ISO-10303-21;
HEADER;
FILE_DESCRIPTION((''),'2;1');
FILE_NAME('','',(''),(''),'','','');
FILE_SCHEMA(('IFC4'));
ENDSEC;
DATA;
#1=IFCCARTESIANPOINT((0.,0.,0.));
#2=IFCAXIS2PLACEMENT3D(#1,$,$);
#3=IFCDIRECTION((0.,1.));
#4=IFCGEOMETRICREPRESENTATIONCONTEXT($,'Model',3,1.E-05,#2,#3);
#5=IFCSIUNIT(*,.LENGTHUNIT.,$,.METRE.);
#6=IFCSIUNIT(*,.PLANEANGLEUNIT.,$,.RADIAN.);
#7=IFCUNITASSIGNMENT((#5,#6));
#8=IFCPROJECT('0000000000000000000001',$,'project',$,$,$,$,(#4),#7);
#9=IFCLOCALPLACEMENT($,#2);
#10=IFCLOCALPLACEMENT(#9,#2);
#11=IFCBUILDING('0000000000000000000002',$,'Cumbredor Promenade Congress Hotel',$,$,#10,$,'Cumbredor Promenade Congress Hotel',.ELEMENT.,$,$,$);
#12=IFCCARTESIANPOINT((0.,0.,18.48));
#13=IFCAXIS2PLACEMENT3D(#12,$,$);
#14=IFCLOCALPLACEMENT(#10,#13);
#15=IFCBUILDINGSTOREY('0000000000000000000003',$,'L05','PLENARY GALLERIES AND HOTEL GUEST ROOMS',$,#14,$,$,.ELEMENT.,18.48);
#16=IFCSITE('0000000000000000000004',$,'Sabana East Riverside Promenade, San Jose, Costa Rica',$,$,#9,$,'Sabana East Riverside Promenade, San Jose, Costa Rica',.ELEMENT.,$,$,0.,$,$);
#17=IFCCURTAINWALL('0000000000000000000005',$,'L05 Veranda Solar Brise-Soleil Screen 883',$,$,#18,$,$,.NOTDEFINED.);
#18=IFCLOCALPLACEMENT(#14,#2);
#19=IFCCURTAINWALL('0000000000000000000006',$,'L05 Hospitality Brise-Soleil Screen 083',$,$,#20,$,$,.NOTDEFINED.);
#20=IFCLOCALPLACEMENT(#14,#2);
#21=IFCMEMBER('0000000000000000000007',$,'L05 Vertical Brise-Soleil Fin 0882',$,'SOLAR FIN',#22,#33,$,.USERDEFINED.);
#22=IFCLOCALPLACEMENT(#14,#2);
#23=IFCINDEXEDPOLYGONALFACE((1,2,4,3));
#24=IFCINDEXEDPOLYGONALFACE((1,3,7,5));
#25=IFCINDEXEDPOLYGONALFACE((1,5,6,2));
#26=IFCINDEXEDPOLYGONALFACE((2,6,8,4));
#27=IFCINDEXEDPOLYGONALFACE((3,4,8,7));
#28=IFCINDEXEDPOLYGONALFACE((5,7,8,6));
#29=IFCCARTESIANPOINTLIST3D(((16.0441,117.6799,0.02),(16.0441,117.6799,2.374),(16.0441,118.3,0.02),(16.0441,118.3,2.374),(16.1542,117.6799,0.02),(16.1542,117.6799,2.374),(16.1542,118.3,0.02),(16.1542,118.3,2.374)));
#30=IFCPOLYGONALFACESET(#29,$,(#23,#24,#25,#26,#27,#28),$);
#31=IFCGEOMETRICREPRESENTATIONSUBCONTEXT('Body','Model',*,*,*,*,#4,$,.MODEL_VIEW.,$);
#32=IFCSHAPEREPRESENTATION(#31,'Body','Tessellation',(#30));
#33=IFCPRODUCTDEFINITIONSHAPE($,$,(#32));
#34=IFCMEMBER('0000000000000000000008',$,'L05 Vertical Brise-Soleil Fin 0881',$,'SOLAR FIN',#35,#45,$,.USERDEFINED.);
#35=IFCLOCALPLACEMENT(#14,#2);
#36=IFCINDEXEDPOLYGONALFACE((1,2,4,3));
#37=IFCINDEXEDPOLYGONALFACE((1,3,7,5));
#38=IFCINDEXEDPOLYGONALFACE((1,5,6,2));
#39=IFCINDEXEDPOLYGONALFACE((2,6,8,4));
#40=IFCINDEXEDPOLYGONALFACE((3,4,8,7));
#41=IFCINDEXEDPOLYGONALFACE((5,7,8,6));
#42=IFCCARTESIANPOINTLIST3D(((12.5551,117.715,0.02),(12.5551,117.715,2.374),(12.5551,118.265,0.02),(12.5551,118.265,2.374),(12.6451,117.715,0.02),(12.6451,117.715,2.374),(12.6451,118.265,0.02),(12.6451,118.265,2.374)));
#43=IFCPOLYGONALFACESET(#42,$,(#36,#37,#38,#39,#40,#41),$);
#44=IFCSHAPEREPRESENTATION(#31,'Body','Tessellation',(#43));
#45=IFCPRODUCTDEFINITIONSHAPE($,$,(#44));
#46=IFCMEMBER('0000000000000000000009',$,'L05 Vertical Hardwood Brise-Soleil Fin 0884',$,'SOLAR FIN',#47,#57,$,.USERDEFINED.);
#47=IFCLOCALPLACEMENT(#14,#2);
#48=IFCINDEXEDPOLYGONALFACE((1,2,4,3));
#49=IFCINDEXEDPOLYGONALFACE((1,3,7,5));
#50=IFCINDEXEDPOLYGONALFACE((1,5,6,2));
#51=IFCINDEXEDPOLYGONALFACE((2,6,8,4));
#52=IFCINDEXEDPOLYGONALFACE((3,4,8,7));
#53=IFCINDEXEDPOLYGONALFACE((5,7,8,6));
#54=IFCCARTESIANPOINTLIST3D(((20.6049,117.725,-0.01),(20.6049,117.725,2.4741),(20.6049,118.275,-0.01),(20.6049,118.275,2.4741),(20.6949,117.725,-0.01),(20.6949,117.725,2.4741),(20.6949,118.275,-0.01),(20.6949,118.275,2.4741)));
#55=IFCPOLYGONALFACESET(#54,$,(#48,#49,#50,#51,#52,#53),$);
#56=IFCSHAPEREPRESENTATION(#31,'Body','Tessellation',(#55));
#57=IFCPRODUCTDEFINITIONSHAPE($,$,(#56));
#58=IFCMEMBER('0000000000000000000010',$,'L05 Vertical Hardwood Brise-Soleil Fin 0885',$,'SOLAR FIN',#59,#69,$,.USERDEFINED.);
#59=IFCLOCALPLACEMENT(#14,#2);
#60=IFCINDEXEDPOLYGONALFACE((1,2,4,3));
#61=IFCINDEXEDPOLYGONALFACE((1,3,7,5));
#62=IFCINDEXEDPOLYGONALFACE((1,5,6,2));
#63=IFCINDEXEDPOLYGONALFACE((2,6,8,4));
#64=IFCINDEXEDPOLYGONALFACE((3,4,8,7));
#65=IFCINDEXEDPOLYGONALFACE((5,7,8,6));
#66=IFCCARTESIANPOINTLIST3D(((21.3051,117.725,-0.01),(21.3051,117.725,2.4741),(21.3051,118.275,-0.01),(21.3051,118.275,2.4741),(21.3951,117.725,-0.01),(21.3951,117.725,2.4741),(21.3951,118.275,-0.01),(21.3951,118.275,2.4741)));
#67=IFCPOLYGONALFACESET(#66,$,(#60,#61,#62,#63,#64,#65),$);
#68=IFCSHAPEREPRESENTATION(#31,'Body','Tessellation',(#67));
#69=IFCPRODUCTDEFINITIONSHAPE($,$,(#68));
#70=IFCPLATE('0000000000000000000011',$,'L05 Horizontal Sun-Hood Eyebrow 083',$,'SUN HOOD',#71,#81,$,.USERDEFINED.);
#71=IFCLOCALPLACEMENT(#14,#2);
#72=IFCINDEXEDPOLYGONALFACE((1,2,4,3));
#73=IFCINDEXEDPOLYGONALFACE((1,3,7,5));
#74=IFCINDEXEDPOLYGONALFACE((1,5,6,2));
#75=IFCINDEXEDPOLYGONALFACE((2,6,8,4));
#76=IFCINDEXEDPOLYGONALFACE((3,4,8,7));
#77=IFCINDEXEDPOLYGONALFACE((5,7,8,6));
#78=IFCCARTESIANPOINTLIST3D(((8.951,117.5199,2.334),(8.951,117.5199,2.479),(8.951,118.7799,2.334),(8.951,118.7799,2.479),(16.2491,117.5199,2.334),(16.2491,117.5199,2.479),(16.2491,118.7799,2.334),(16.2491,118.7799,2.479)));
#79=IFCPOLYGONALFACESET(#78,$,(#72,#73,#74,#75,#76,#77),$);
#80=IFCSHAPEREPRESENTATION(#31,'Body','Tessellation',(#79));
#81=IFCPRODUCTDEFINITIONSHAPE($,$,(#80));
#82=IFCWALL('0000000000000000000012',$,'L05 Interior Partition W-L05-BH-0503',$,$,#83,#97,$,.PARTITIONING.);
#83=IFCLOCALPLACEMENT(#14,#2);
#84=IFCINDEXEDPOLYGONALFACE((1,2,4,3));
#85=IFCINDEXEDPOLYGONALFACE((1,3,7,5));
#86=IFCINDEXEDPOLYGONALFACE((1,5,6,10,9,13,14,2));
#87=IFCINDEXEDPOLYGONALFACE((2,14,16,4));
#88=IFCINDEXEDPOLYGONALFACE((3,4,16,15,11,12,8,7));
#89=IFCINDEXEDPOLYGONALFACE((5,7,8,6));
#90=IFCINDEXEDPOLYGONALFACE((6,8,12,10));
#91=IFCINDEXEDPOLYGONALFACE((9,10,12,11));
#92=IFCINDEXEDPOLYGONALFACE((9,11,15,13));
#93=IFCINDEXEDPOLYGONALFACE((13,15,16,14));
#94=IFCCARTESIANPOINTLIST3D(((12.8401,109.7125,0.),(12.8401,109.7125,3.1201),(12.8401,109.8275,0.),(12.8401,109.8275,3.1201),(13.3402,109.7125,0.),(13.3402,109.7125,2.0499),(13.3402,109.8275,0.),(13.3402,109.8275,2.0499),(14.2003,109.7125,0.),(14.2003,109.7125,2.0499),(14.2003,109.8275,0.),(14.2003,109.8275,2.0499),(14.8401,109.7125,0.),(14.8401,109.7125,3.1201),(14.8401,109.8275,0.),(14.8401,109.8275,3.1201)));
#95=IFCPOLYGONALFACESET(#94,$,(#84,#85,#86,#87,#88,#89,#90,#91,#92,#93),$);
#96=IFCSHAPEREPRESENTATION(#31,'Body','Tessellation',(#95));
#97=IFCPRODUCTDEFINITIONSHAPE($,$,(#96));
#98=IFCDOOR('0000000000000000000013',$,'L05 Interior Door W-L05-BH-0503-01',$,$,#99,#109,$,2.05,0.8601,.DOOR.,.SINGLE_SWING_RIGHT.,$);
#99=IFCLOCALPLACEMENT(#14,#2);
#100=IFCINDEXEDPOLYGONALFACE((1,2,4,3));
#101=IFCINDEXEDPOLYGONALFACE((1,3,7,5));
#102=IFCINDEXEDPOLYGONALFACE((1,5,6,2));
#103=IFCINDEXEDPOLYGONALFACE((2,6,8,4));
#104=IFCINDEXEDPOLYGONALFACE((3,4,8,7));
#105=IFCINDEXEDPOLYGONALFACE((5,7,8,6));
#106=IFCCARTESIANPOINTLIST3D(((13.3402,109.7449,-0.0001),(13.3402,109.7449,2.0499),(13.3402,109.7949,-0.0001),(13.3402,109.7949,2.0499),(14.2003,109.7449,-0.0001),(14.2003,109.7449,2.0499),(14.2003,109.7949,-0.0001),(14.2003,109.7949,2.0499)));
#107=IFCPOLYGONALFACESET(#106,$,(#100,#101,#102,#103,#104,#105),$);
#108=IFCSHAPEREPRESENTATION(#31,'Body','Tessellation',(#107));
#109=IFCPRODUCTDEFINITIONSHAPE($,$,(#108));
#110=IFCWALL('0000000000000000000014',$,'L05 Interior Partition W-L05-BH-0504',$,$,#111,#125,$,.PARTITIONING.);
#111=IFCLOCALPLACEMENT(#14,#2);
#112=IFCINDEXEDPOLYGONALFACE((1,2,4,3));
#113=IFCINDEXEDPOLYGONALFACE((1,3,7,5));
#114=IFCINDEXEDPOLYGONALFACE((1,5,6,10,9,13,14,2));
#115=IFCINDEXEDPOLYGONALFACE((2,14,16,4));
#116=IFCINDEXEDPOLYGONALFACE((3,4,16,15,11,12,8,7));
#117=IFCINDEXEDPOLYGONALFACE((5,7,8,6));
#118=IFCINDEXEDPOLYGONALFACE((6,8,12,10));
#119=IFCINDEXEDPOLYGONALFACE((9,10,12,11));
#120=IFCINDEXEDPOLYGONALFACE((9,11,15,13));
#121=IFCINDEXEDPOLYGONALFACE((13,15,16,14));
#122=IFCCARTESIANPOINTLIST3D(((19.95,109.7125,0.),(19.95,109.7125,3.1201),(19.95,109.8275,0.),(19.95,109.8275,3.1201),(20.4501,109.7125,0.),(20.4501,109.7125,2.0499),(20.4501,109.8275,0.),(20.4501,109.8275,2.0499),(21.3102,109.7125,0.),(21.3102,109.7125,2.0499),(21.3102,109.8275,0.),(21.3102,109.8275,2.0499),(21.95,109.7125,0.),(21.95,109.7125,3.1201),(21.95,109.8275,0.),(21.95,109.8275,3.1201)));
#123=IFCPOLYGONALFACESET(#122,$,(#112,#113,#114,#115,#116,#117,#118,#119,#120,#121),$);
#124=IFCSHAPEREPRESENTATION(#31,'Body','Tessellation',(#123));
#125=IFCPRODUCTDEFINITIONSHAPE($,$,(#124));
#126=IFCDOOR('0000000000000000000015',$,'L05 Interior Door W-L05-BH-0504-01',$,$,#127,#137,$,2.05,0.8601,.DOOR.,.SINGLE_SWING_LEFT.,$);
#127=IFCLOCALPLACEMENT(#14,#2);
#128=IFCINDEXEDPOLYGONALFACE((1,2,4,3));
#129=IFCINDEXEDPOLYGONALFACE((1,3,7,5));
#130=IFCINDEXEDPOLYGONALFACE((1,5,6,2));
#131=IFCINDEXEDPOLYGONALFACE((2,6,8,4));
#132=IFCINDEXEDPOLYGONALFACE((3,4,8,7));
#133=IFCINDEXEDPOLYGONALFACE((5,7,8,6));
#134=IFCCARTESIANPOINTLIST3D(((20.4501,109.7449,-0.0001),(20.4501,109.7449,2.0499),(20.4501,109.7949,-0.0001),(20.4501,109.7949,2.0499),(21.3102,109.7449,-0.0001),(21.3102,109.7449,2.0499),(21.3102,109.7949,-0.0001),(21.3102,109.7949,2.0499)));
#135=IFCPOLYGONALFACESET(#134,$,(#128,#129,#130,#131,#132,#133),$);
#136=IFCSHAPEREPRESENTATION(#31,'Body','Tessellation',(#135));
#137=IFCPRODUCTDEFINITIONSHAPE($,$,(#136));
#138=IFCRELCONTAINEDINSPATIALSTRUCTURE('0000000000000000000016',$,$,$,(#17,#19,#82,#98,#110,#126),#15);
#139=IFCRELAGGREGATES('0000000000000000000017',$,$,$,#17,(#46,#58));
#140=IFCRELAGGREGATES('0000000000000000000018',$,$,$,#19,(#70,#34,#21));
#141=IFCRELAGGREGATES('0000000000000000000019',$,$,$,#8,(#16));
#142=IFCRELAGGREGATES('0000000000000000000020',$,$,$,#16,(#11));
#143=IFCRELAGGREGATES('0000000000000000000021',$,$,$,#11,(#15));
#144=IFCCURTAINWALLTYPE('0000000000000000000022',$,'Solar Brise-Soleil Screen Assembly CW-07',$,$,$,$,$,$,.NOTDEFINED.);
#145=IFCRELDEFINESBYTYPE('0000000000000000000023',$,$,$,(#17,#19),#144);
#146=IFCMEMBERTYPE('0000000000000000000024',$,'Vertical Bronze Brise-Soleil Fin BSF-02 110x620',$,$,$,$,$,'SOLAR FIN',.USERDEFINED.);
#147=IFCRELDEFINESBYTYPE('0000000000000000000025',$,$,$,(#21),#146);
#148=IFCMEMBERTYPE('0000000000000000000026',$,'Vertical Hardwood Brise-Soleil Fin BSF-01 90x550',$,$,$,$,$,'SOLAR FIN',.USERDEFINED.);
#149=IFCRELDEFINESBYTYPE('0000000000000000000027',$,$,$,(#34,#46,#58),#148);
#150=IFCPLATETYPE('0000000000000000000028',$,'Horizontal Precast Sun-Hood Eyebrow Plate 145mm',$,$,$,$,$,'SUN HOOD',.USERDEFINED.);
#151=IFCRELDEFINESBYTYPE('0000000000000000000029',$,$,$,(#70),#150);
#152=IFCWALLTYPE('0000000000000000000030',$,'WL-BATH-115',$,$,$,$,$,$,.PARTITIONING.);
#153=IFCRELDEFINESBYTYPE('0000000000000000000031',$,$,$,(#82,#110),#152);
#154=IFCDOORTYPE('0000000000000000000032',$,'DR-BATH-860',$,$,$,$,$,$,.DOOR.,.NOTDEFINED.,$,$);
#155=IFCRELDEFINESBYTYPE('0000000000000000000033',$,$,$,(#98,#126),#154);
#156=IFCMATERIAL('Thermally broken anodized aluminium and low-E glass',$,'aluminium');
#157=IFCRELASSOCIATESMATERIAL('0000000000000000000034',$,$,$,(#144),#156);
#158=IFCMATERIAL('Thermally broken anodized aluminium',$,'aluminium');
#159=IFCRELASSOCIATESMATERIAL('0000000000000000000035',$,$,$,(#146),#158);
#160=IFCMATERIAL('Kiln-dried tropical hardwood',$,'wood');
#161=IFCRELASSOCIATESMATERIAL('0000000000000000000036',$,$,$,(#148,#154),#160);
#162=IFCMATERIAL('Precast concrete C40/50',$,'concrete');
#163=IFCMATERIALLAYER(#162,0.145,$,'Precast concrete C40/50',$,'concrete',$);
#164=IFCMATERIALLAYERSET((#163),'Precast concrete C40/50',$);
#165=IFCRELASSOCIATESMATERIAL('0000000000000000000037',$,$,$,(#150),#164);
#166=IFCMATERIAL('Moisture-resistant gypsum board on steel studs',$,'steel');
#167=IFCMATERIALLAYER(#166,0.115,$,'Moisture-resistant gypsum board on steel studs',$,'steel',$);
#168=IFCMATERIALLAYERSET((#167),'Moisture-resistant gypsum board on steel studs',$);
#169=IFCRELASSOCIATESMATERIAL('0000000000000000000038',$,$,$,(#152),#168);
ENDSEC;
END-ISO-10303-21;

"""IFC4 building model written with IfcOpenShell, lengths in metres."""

from ifc_helpers import new_model, si_unit, direction, frame, frame_2d, origin, origin_2d, place, context, subcontext, project, spatial, rectangle, extrude, material, layer, layer_set, material_profile, profile_set, type_object, element, fill, aggregate, save


model = new_model("IFC4")

# Units and contexts
model_context = context("Model", 3, precision=1e-05, world=origin(), true_north=direction((0.0, 1.0)))
body_context = subcontext(model_context, "Body", "Model", "MODEL_VIEW")
ifc_project = project(units=[si_unit("LENGTHUNIT", "METRE"), si_unit("PLANEANGLEUNIT", "RADIAN")], contexts=[model_context])

# Site, building, storey
site_placement = place(None, origin())
site = spatial("IfcSite", under=ifc_project, at=site_placement, Name="Sabana East Riverside Promenade, San Jose, Costa Rica", LongName="Sabana East Riverside Promenade, San Jose, Costa Rica", CompositionType="ELEMENT", RefElevation=0.0)
building_placement = place(site_placement, origin())
building = spatial("IfcBuilding", under=site, at=building_placement, Name="Cumbredor Promenade Congress Hotel", LongName="Cumbredor Promenade Congress Hotel", CompositionType="ELEMENT")
storey_placement = place(building_placement, frame((0.0, 0.0, 18.48)))
storey = spatial("IfcBuildingStorey", under=building, at=storey_placement, Name="L05", Description="PLENARY GALLERIES AND HOTEL GUEST ROOMS", CompositionType="ELEMENT", Elevation=18.48)

# Curtain wall
ifc_material_1 = material(Name="Thermally broken anodized aluminium and low-E glass", Category="aluminium")
curtain_wall_type = type_object("IfcCurtainWallType", Name="Solar Brise-Soleil Screen Assembly CW-07", PredefinedType="NOTDEFINED", material=ifc_material_1)
curtain_wall_1_placement = place(storey_placement, origin())
curtain_wall_1 = element("IfcCurtainWall", 1, at=curtain_wall_1_placement, inside=storey, type_object=curtain_wall_type, Name="L05 Veranda Solar Brise-Soleil Screen 883", PredefinedType="NOTDEFINED")
ifc_material_2 = material(Name="Thermally broken anodized aluminium", Category="aluminium")

# Curtain wall, members
curtain_wall_2_placement = place(storey_placement, origin())
curtain_wall_2 = element("IfcCurtainWall", 2, at=curtain_wall_2_placement, inside=storey, type_object=curtain_wall_type, Name="L05 Hospitality Brise-Soleil Screen 083", PredefinedType="NOTDEFINED")
ifc_material_profile_1 = material_profile(ifc_material_2, rectangle(XDim=0.1101, YDim=0.6201, at=origin_2d()), Name="ARCH FIN 110x620")
ifc_profile_set_1 = profile_set([ifc_material_profile_1], Name="Thermally broken anodized aluminium")
member_type_1 = type_object("IfcMemberType", Name="Vertical Bronze Brise-Soleil Fin BSF-02 110x620", ElementType="SOLAR FIN", PredefinedType="USERDEFINED", material=ifc_profile_set_1)
member_1_placement = place(storey_placement, frame((16.0991, 117.99, 0.02), z_axis=(0.0, 0.0, 1.0), x_axis=(1.0, 0.0, 0.0)))
member_1 = element("IfcMember", 3, at=member_1_placement, type_object=member_type_1, Name="L05 Vertical Brise-Soleil Fin 0882", ObjectType="SOLAR FIN", PredefinedType="USERDEFINED", context=body_context, shape_type="SweptSolid", body=[
    extrude(rectangle(XDim=0.1101, YDim=0.6201, at=origin_2d()), origin(), (0.0, 0.0, 1.0), 2.354),
])
ifc_material_3 = material(Name="Kiln-dried tropical hardwood", Category="wood")
ifc_material_profile_2 = material_profile(ifc_material_3, rectangle(XDim=0.0901, YDim=0.55, at=origin_2d()), Name="ARCH FIN 90x550")
ifc_profile_set_2 = profile_set([ifc_material_profile_2], Name="Kiln-dried tropical hardwood")
member_type_2 = type_object("IfcMemberType", Name="Vertical Hardwood Brise-Soleil Fin BSF-01 90x550", ElementType="SOLAR FIN", PredefinedType="USERDEFINED", material=ifc_profile_set_2)
member_2_placement = place(storey_placement, frame((12.6001, 117.99, 0.02), z_axis=(0.0, 0.0, 1.0), x_axis=(1.0, 0.0, 0.0)))
member_2 = element("IfcMember", 4, at=member_2_placement, type_object=member_type_2, Name="L05 Vertical Brise-Soleil Fin 0881", ObjectType="SOLAR FIN", PredefinedType="USERDEFINED", context=body_context, shape_type="SweptSolid", body=[
    extrude(rectangle(XDim=0.0901, YDim=0.55, at=origin_2d()), origin(), (0.0, 0.0, 1.0), 2.354),
])

# Members
member_3_placement = place(storey_placement, frame((20.6499, 118.0, -0.01), z_axis=(0.0, 0.0, 1.0), x_axis=(1.0, 0.0, 0.0)))
member_3 = element("IfcMember", 5, at=member_3_placement, type_object=member_type_2, Name="L05 Vertical Hardwood Brise-Soleil Fin 0884", ObjectType="SOLAR FIN", PredefinedType="USERDEFINED", context=body_context, shape_type="SweptSolid", body=[
    extrude(rectangle(XDim=0.0901, YDim=0.55, at=origin_2d()), origin(), (0.0, 0.0, 1.0), 2.4841),
])
member_4_placement = place(storey_placement, frame((21.3501, 118.0, -0.01), z_axis=(0.0, 0.0, 1.0), x_axis=(1.0, 0.0, 0.0)))
member_4 = element("IfcMember", 6, at=member_4_placement, type_object=member_type_2, Name="L05 Vertical Hardwood Brise-Soleil Fin 0885", ObjectType="SOLAR FIN", PredefinedType="USERDEFINED", context=body_context, shape_type="SweptSolid", body=[
    extrude(rectangle(XDim=0.0901, YDim=0.55, at=origin_2d()), origin(), (0.0, 0.0, 1.0), 2.4841),
])
aggregate(curtain_wall_1, [member_3, member_4])

# Plate
ifc_material_4 = material(Name="Precast concrete C40/50", Category="concrete")
ifc_layer_1 = layer(ifc_material_4, 0.145, Name="Precast concrete C40/50", Category="concrete")
ifc_layer_set_1 = layer_set([ifc_layer_1], Name="Precast concrete C40/50")
plate_type = type_object("IfcPlateType", Name="Horizontal Precast Sun-Hood Eyebrow Plate 145mm", ElementType="SUN HOOD", PredefinedType="USERDEFINED", material=ifc_layer_set_1)
plate_placement = place(storey_placement, frame((12.6001, 118.1499, 2.334), z_axis=(0.0, 0.0, 1.0), x_axis=(1.0, 0.0, 0.0)))
plate = element("IfcPlate", 7, at=plate_placement, type_object=plate_type, Name="L05 Horizontal Sun-Hood Eyebrow 083", ObjectType="SUN HOOD", PredefinedType="USERDEFINED", context=body_context, shape_type="SweptSolid", body=[
    extrude(rectangle(XDim=7.2981, YDim=1.26, at=origin_2d()), origin(), (0.0, 0.0, 1.0), 0.145),
])
aggregate(curtain_wall_2, [plate, member_2, member_1])

# Walls, openings, doors
ifc_material_5 = material(Name="Moisture-resistant gypsum board on steel studs", Category="steel")
ifc_layer_2 = layer(ifc_material_5, 0.115, Name="Moisture-resistant gypsum board on steel studs", Category="steel")
ifc_layer_set_2 = layer_set([ifc_layer_2], Name="Moisture-resistant gypsum board on steel studs")
wall_type_1 = type_object("IfcWallType", Name="WL-BATH-115", PredefinedType="PARTITIONING", material=ifc_layer_set_2)
wall_1_placement = place(storey_placement, frame((12.8401, 109.77, 0.0), z_axis=(0.0, 0.0, 1.0), x_axis=(1.0, 0.0, 0.0)))
wall_1 = element("IfcWall", 8, at=wall_1_placement, inside=storey, type_object=wall_type_1, Name="L05 Interior Partition W-L05-BH-0503", PredefinedType="PARTITIONING", context=body_context, shape_type="SweptSolid", body=[
    extrude(rectangle(XDim=2.0, YDim=0.115, at=frame_2d((1.0, 0.0))), origin(), (0.0, 0.0, 1.0), 3.1201),
])
opening_1_placement = place(wall_1_placement, frame((0.5, 0.0, 0.0)))
opening_1 = element("IfcOpeningElement", 9, at=opening_1_placement, cuts=wall_1, PredefinedType="OPENING", context=body_context, shape_type="SweptSolid", body=[
    extrude(rectangle(XDim=0.8601, YDim=2.05, at=frame_2d((0.4302, 1.0249))), frame((0.0, 0.0674, 0.0), z_axis=(0.0, -1.0, 0.0), x_axis=(1.0, 0.0, 0.0)), (0.0, 0.0, 1.0), 0.135),
])
door_type_1 = type_object("IfcDoorType", Name="DR-BATH-860", OperationType="NOTDEFINED", PredefinedType="DOOR", material=ifc_material_3)
door_1_placement = place(opening_1_placement, origin())
door_1 = element("IfcDoor", 10, at=door_1_placement, inside=storey, type_object=door_type_1, Name="L05 Interior Door W-L05-BH-0503-01", OperationType="SINGLE_SWING_RIGHT", OverallHeight=2.05, OverallWidth=0.8601, PredefinedType="DOOR", context=body_context, shape_type="SweptSolid", body=[
    extrude(rectangle(XDim=0.8601, YDim=2.05, at=frame_2d((0.4302, 1.0249))), frame((0.0, 0.0249, 0.0), z_axis=(0.0, -1.0, 0.0), x_axis=(1.0, 0.0, 0.0)), (0.0, 0.0, 1.0), 0.05),
])
fill(opening_1, door_1)
wall_2_placement = place(storey_placement, frame((19.95, 109.77, 0.0), z_axis=(0.0, 0.0, 1.0), x_axis=(1.0, 0.0, 0.0)))
wall_2 = element("IfcWall", 11, at=wall_2_placement, inside=storey, type_object=wall_type_1, Name="L05 Interior Partition W-L05-BH-0504", PredefinedType="PARTITIONING", context=body_context, shape_type="SweptSolid", body=[
    extrude(rectangle(XDim=2.0, YDim=0.115, at=frame_2d((1.0, 0.0))), origin(), (0.0, 0.0, 1.0), 3.1201),
])
opening_2_placement = place(wall_2_placement, frame((0.5, 0.0, 0.0)))
opening_2 = element("IfcOpeningElement", 12, at=opening_2_placement, cuts=wall_2, PredefinedType="OPENING", context=body_context, shape_type="SweptSolid", body=[
    extrude(rectangle(XDim=0.8601, YDim=2.05, at=frame_2d((0.4302, 1.0249))), frame((0.0, 0.0674, 0.0), z_axis=(0.0, -1.0, 0.0), x_axis=(1.0, 0.0, 0.0)), (0.0, 0.0, 1.0), 0.135),
])
door_2_placement = place(opening_2_placement, origin())
door_2 = element("IfcDoor", 13, at=door_2_placement, inside=storey, type_object=door_type_1, Name="L05 Interior Door W-L05-BH-0504-01", OperationType="SINGLE_SWING_LEFT", OverallHeight=2.05, OverallWidth=0.8601, PredefinedType="DOOR", context=body_context, shape_type="SweptSolid", body=[
    extrude(rectangle(XDim=0.8601, YDim=2.05, at=frame_2d((0.4302, 1.0249))), frame((0.0, 0.0249, 0.0), z_axis=(0.0, -1.0, 0.0), x_axis=(1.0, 0.0, 0.0)), (0.0, 0.0, 1.0), 0.05),
])
fill(opening_2, door_2)

save(model, "model.ifc")
